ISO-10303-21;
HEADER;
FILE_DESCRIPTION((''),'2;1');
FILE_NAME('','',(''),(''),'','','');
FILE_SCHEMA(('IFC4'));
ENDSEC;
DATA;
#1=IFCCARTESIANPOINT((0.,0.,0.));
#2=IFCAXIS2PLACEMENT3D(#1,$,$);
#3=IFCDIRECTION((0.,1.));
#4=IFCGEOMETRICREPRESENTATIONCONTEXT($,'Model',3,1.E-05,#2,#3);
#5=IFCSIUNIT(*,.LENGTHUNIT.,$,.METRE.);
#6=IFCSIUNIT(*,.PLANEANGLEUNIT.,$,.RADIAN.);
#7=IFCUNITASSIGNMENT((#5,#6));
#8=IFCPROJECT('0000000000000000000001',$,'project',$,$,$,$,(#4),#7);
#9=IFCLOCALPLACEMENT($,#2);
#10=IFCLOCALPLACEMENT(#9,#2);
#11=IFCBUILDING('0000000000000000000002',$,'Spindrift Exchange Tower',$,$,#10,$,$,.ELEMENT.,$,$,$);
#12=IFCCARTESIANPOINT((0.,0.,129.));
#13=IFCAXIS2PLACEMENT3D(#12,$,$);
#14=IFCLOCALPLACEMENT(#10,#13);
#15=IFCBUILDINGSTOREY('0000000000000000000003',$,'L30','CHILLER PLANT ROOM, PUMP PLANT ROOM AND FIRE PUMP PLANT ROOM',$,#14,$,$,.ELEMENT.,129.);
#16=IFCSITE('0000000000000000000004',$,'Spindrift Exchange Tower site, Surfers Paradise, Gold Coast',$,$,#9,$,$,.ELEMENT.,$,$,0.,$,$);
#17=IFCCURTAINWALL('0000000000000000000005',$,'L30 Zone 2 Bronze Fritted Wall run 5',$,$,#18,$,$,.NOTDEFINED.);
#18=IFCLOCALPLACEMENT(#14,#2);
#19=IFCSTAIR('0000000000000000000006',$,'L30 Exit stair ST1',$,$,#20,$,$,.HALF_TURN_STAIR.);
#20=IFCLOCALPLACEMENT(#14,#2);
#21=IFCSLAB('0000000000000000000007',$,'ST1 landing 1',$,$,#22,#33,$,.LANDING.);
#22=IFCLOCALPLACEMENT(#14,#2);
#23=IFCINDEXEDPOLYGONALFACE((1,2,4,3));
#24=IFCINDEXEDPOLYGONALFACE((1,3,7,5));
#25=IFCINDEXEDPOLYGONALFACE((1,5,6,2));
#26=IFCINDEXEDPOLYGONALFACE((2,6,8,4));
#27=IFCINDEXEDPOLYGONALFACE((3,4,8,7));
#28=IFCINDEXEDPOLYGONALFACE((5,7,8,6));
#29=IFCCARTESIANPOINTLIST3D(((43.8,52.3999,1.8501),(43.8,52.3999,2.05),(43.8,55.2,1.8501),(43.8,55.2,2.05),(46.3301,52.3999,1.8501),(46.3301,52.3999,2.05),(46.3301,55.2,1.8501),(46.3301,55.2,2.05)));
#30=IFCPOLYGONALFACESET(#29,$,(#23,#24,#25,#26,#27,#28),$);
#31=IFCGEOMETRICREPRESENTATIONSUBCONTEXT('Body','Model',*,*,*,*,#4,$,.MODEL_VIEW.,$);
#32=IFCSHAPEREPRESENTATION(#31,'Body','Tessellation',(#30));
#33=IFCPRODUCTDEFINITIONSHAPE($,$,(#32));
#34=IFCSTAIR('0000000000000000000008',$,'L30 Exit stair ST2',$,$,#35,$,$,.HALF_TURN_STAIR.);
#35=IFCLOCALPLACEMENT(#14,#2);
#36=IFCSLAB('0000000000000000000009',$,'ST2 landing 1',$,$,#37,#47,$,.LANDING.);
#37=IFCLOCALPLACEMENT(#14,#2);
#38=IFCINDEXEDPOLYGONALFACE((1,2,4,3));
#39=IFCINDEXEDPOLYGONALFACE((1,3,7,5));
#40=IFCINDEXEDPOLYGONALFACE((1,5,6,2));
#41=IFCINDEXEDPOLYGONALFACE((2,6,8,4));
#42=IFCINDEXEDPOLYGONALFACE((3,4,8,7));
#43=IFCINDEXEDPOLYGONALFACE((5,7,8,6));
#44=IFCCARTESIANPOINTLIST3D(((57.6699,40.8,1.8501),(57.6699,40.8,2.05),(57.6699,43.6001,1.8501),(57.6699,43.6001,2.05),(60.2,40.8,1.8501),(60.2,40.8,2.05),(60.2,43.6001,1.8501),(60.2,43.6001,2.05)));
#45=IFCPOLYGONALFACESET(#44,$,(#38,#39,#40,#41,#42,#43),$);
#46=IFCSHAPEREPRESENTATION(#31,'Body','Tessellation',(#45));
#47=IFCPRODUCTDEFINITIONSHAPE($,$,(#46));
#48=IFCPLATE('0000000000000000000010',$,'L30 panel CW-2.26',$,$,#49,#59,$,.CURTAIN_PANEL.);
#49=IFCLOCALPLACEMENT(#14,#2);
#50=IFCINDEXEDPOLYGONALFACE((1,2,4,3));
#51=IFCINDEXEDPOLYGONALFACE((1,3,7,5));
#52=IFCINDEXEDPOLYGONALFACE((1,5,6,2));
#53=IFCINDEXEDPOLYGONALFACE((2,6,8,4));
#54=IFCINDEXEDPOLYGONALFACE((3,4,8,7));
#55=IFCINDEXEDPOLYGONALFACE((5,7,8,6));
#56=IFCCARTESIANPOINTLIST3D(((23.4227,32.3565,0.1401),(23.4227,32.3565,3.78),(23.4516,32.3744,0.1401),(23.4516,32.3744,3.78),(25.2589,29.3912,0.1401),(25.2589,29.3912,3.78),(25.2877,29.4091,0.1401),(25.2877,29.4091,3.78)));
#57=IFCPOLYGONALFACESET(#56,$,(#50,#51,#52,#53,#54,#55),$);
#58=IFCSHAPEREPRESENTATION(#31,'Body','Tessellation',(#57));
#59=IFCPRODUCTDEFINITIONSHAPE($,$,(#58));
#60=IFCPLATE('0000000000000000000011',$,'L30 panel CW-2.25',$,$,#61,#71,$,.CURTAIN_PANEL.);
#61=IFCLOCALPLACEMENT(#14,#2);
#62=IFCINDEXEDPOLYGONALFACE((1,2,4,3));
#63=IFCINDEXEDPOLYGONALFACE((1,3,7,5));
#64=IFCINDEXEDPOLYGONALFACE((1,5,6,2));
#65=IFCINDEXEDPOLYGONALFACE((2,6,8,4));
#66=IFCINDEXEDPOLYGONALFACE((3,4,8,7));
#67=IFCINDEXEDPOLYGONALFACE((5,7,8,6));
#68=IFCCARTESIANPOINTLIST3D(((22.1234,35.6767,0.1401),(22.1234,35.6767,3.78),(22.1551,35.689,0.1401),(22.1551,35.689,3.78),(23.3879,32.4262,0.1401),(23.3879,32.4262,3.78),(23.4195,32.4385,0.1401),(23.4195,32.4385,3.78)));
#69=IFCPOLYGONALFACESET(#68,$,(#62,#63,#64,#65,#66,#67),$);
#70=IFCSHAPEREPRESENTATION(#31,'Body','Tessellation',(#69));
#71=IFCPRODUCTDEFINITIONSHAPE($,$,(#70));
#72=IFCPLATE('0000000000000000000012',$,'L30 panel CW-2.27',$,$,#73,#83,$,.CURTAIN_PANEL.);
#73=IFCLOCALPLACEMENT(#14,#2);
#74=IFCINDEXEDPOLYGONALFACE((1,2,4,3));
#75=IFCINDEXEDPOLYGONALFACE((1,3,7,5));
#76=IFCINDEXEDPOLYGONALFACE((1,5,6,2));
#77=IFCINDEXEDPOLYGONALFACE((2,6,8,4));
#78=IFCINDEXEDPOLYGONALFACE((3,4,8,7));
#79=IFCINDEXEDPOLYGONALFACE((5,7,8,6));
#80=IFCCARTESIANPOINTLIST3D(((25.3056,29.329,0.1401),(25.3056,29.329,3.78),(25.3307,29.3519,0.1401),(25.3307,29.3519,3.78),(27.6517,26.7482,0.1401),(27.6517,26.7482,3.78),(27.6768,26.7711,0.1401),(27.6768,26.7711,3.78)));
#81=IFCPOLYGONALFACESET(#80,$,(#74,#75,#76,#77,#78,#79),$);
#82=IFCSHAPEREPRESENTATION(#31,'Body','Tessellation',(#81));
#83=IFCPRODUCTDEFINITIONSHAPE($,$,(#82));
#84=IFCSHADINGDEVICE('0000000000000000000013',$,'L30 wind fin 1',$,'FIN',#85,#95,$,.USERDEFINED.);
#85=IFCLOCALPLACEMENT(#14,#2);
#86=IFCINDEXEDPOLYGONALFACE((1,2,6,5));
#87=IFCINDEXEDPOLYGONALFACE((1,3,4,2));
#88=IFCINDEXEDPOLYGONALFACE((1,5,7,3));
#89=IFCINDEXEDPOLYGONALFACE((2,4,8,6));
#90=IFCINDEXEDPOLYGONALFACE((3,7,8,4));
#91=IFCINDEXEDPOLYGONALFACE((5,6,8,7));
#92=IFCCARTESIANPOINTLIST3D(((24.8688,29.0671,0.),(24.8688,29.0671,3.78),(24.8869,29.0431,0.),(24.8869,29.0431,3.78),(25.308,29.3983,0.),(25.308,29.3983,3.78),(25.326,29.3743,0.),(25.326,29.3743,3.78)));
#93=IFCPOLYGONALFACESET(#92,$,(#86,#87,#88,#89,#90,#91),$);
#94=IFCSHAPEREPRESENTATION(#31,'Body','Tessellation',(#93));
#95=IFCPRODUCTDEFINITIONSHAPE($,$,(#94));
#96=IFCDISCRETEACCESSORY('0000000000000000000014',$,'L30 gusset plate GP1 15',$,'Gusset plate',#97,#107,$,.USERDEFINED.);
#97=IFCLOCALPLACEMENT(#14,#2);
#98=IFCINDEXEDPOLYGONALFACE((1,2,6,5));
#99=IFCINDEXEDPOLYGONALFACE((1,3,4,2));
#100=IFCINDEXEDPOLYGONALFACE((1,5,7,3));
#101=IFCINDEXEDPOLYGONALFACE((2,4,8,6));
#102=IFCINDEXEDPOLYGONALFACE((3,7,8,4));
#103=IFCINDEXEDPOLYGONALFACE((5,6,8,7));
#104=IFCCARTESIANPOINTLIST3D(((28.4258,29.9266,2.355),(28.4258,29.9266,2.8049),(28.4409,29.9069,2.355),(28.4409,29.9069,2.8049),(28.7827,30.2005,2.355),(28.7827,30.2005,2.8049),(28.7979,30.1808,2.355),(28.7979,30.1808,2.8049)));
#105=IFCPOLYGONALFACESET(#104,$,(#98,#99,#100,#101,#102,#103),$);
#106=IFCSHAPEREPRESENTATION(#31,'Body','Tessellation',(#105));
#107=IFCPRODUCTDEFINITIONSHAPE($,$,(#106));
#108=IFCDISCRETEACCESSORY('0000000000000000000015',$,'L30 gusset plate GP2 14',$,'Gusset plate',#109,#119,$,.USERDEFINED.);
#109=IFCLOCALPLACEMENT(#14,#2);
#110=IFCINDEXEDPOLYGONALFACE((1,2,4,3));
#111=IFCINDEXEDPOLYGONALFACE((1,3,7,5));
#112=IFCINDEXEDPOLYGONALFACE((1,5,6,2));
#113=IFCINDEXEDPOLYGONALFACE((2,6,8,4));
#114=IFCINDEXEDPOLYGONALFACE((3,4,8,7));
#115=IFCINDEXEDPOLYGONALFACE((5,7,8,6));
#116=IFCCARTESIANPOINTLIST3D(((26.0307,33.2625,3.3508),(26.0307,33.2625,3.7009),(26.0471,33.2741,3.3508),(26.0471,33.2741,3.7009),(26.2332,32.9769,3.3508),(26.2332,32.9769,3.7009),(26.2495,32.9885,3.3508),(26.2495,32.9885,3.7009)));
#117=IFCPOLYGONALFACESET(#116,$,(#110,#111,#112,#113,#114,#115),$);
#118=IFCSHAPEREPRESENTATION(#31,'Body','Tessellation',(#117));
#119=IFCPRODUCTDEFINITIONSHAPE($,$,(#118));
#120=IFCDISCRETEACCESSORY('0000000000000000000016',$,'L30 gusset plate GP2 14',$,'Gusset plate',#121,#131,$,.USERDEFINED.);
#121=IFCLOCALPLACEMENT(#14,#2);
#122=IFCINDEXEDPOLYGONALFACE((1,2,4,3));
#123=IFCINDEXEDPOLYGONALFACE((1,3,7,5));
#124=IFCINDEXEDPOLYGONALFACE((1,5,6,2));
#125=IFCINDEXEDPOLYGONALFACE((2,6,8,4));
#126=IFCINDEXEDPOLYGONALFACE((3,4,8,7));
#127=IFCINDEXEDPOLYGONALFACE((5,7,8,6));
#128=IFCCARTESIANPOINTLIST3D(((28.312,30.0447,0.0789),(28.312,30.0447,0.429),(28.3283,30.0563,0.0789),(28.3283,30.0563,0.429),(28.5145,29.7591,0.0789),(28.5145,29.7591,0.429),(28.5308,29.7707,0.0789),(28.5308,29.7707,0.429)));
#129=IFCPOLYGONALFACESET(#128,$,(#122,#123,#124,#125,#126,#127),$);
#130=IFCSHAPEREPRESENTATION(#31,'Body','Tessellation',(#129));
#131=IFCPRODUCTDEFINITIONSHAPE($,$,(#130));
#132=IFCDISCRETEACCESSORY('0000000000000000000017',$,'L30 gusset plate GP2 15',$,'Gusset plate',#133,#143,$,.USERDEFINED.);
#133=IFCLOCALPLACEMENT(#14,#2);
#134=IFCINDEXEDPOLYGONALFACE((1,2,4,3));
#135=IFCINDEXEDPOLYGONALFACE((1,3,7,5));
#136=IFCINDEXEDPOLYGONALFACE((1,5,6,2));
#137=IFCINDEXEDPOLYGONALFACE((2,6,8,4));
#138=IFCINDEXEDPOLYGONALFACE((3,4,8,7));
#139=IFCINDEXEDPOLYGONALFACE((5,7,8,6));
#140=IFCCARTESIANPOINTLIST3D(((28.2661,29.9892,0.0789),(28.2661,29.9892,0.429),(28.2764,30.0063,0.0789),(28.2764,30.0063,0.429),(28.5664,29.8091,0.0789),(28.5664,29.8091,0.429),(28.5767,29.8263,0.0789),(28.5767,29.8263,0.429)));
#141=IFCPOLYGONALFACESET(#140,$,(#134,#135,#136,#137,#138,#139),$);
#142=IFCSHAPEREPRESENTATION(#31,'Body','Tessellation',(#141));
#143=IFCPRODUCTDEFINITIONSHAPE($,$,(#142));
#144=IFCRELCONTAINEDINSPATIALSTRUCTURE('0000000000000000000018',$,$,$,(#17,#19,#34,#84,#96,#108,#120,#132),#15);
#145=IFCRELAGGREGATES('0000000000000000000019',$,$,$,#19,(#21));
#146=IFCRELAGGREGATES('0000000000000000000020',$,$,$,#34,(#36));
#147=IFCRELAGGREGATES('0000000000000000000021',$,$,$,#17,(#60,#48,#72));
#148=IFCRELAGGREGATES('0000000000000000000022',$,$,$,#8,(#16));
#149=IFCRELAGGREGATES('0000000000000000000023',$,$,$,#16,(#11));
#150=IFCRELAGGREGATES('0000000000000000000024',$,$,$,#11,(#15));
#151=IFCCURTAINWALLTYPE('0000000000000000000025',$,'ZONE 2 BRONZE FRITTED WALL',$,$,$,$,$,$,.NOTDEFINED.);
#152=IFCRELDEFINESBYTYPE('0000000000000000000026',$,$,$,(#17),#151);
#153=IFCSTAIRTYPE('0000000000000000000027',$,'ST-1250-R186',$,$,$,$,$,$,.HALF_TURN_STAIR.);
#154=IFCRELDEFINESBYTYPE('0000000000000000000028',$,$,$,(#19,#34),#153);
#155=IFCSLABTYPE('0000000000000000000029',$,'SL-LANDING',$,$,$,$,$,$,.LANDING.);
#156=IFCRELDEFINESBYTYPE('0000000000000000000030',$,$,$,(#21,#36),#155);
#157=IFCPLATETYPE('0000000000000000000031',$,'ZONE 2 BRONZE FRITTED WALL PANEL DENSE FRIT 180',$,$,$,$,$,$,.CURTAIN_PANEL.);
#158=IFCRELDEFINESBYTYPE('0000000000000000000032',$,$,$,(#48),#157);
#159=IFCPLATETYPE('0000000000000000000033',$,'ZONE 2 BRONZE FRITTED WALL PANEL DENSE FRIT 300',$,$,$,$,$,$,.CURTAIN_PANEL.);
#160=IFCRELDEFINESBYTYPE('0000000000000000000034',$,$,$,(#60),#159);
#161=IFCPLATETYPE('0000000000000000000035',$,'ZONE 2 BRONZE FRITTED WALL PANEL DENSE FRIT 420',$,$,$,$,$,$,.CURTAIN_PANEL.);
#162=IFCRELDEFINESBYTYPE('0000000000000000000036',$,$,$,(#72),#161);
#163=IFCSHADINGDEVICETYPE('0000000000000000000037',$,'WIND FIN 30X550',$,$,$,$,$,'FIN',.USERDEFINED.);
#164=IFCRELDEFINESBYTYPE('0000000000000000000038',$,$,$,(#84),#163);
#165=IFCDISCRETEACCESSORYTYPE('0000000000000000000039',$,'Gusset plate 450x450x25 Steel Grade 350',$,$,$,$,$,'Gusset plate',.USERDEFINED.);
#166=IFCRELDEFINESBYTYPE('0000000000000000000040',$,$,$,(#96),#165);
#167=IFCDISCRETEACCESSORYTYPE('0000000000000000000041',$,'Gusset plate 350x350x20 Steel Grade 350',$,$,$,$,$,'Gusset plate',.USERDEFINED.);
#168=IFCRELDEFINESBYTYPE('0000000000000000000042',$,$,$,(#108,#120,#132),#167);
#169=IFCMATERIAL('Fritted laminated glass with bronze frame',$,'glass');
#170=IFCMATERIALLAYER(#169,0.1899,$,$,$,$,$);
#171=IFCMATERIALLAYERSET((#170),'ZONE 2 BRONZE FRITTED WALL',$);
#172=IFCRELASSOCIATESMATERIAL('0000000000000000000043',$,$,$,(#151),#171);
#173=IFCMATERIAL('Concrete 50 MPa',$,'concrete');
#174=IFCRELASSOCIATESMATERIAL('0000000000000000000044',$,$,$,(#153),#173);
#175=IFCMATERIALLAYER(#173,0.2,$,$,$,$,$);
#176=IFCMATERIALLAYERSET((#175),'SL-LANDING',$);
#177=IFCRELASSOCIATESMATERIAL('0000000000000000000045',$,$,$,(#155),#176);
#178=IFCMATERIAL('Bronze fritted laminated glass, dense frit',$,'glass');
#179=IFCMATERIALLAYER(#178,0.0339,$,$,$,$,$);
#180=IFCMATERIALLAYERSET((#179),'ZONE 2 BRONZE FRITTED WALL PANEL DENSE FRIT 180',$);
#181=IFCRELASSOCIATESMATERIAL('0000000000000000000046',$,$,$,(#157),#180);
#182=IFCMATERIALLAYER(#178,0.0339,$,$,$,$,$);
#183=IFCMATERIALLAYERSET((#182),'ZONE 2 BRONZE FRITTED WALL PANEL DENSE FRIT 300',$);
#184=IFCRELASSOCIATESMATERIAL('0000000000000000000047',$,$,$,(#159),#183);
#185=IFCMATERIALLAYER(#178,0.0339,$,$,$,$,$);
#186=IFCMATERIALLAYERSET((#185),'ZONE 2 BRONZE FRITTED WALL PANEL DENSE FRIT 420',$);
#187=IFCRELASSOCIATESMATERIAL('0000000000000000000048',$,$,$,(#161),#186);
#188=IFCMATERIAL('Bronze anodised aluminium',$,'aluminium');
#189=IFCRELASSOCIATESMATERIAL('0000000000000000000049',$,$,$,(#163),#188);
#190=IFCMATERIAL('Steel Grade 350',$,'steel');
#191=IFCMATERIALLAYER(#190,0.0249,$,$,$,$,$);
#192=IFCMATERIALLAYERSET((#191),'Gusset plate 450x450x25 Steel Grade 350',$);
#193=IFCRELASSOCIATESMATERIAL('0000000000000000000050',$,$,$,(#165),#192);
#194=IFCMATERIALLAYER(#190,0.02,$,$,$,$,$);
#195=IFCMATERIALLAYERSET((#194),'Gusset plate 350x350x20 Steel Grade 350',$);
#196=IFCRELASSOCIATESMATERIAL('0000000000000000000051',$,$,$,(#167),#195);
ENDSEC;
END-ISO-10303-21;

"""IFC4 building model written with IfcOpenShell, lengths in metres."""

from ifc_helpers import new_model, si_unit, direction, frame, origin, origin_2d, place, context, subcontext, project, spatial, line, indexed_curve, rectangle, outline, extrude, source, transform, mapped, material, layer, layer_set, material_profile, profile_set, type_object, element, aggregate, save


model = new_model("IFC4")

# Units and contexts
model_context = context("Model", 3, precision=1e-05, world=origin(), true_north=direction((0.0, 1.0)))
body_context = subcontext(model_context, "Body", "Model", "MODEL_VIEW")
ifc_project = project(units=[si_unit("LENGTHUNIT", "METRE"), si_unit("PLANEANGLEUNIT", "RADIAN")], contexts=[model_context])

# Site, building, storey
site_placement = place(None, origin())
site = spatial("IfcSite", under=ifc_project, at=site_placement, Name="Spindrift Exchange Tower site, Surfers Paradise, Gold Coast", CompositionType="ELEMENT", RefElevation=0.0)
building_placement = place(site_placement, origin())
building = spatial("IfcBuilding", under=site, at=building_placement, Name="Spindrift Exchange Tower", CompositionType="ELEMENT")
storey_placement = place(building_placement, frame((0.0, 0.0, 129.0)))
storey = spatial("IfcBuildingStorey", under=building, at=storey_placement, Name="L30", Description="CHILLER PLANT ROOM, PUMP PLANT ROOM AND FIRE PUMP PLANT ROOM", CompositionType="ELEMENT", Elevation=129.0)

# Shared definitions
ifc_material_1 = material(Name="Steel Grade 350", Category="steel")

# Curtain wall
ifc_material_2 = material(Name="Fritted laminated glass with bronze frame", Category="glass")
ifc_layer_1 = layer(ifc_material_2, 0.1899)
ifc_layer_set_1 = layer_set([ifc_layer_1], Name="ZONE 2 BRONZE FRITTED WALL")
curtain_wall_type = type_object("IfcCurtainWallType", Name="ZONE 2 BRONZE FRITTED WALL", PredefinedType="NOTDEFINED", material=ifc_layer_set_1)
curtain_wall_placement = place(storey_placement, origin())
curtain_wall = element("IfcCurtainWall", 1, at=curtain_wall_placement, inside=storey, type_object=curtain_wall_type, Name="L30 Zone 2 Bronze Fritted Wall run 5", PredefinedType="NOTDEFINED")
ifc_material_3 = material(Name="Bronze anodised aluminium", Category="aluminium")

# Shared definitions
ifc_material_4 = material(Name="Concrete 50 MPa", Category="concrete")

# Stairs, slabs
stair_type = type_object("IfcStairType", Name="ST-1250-R186", PredefinedType="HALF_TURN_STAIR", material=ifc_material_4)
stair_1_placement = place(storey_placement, origin())
stair_1 = element("IfcStair", 2, at=stair_1_placement, inside=storey, type_object=stair_type, Name="L30 Exit stair ST1", PredefinedType="HALF_TURN_STAIR")
ifc_layer_2 = layer(ifc_material_4, 0.2)
ifc_layer_set_2 = layer_set([ifc_layer_2], Name="SL-LANDING")
slab_type_1 = type_object("IfcSlabType", Name="SL-LANDING", PredefinedType="LANDING", material=ifc_layer_set_2)
slab_1_placement = place(storey_placement, frame((0.0, 0.0, 1.8501)))
slab_1 = element("IfcSlab", 3, at=slab_1_placement, type_object=slab_type_1, Name="ST1 landing 1", PredefinedType="LANDING", context=body_context, shape_type="SweptSolid", body=[
    extrude(outline(indexed_curve([(46.3301, 52.3999), (43.8, 52.3999), (43.8, 55.2), (46.3301, 55.2)], segments=[line(1, 2, 3, 4, 1)], self_intersect=False)), origin(), (0.0, 0.0, 1.0), 0.2),
])
aggregate(stair_1, [slab_1])
stair_2_placement = place(storey_placement, origin())
stair_2 = element("IfcStair", 4, at=stair_2_placement, inside=storey, type_object=stair_type, Name="L30 Exit stair ST2", PredefinedType="HALF_TURN_STAIR")
slab_2_placement = place(storey_placement, frame((0.0, 0.0, 1.8501)))
slab_2 = element("IfcSlab", 5, at=slab_2_placement, type_object=slab_type_1, Name="ST2 landing 1", PredefinedType="LANDING", context=body_context, shape_type="SweptSolid", body=[
    extrude(outline(indexed_curve([(57.6699, 43.6001), (60.2, 43.6001), (60.2, 40.8), (57.6699, 40.8)], segments=[line(1, 2, 3, 4, 1)], self_intersect=False)), origin(), (0.0, 0.0, 1.0), 0.2),
])
aggregate(stair_2, [slab_2])

# Plates
ifc_material_5 = material(Name="Bronze fritted laminated glass, dense frit", Category="glass")
ifc_layer_3 = layer(ifc_material_5, 0.0339)
ifc_layer_set_3 = layer_set([ifc_layer_3], Name="ZONE 2 BRONZE FRITTED WALL PANEL DENSE FRIT 180")
plate_type_1 = type_object("IfcPlateType", Name="ZONE 2 BRONZE FRITTED WALL PANEL DENSE FRIT 180", PredefinedType="CURTAIN_PANEL", material=ifc_layer_set_3)
shared_shape_1 = source(origin(), body_context, "Body", "SweptSolid", [
    extrude(rectangle(XDim=3.4878, YDim=0.0339, at=origin_2d()), origin(), (0.0, 0.0, 1.0), 3.6399),
])
plate_1_placement = place(storey_placement, frame((24.3552, 30.8828, 0.1401), z_axis=(0.0, 0.0, 1.0), x_axis=(0.526457, -0.850202, 0.0)))
plate_1 = element("IfcPlate", 6, at=plate_1_placement, type_object=plate_type_1, Name="L30 panel CW-2.26", PredefinedType="CURTAIN_PANEL", context=body_context, shape_type="MappedRepresentation", body=[
    mapped(shared_shape_1, transform((0.0, 0.0, 0.0), scale=1.0)),
])
ifc_layer_4 = layer(ifc_material_5, 0.0339)
ifc_layer_set_4 = layer_set([ifc_layer_4], Name="ZONE 2 BRONZE FRITTED WALL PANEL DENSE FRIT 300")
plate_type_2 = type_object("IfcPlateType", Name="ZONE 2 BRONZE FRITTED WALL PANEL DENSE FRIT 300", PredefinedType="CURTAIN_PANEL", material=ifc_layer_set_4)
shared_shape_2 = source(origin(), body_context, "Body", "SweptSolid", [
    extrude(rectangle(XDim=3.4878, YDim=0.0339, at=origin_2d()), origin(), (0.0, 0.0, 1.0), 3.6399),
])
plate_2_placement = place(storey_placement, frame((22.7715, 34.0576, 0.1401), z_axis=(0.0, 0.0, 1.0), x_axis=(0.362542, -0.931967, 0.0)))
plate_2 = element("IfcPlate", 7, at=plate_2_placement, type_object=plate_type_2, Name="L30 panel CW-2.25", PredefinedType="CURTAIN_PANEL", context=body_context, shape_type="MappedRepresentation", body=[
    mapped(shared_shape_2, transform((0.0, 0.0, 0.0), scale=1.0)),
])
ifc_layer_5 = layer(ifc_material_5, 0.0339)
ifc_layer_set_5 = layer_set([ifc_layer_5], Name="ZONE 2 BRONZE FRITTED WALL PANEL DENSE FRIT 420")
plate_type_3 = type_object("IfcPlateType", Name="ZONE 2 BRONZE FRITTED WALL PANEL DENSE FRIT 420", PredefinedType="CURTAIN_PANEL", material=ifc_layer_set_5)
shared_shape_3 = source(origin(), body_context, "Body", "SweptSolid", [
    extrude(rectangle(XDim=3.4878, YDim=0.0339, at=origin_2d()), origin(), (0.0, 0.0, 1.0), 3.6399),
])
plate_3_placement = place(storey_placement, frame((26.4912, 28.05, 0.1401), z_axis=(0.0, 0.0, 1.0), x_axis=(0.672654, -0.739958, 0.0)))
plate_3 = element("IfcPlate", 8, at=plate_3_placement, type_object=plate_type_3, Name="L30 panel CW-2.27", PredefinedType="CURTAIN_PANEL", context=body_context, shape_type="MappedRepresentation", body=[
    mapped(shared_shape_3, transform((0.0, 0.0, 0.0), scale=1.0)),
])
aggregate(curtain_wall, [plate_2, plate_1, plate_3])

# Shading device
ifc_material_profile_1 = material_profile(ifc_material_3, rectangle(XDim=0.03, YDim=0.55, at=origin_2d()), Name="WIND FIN 30X550")
ifc_profile_set_1 = profile_set([ifc_material_profile_1], Name="Bronze anodised aluminium")
shading_device_type = type_object("IfcShadingDeviceType", Name="WIND FIN 30X550", ElementType="FIN", PredefinedType="USERDEFINED", material=ifc_profile_set_1)
shared_shape_4 = source(origin(), body_context, "Body", "SweptSolid", [
    extrude(rectangle(XDim=0.03, YDim=0.55, at=origin_2d()), origin(), (0.0, 0.0, 1.0), 3.78),
])
shading_device_placement = place(storey_placement, frame((25.0974, 29.2207, 0.0), z_axis=(0.0, 0.0, 1.0), x_axis=(0.602084, -0.798433, 0.0)))
element("IfcShadingDevice", 9, at=shading_device_placement, inside=storey, type_object=shading_device_type, Name="L30 wind fin 1", ObjectType="FIN", PredefinedType="USERDEFINED", context=body_context, shape_type="MappedRepresentation", body=[
    mapped(shared_shape_4, transform((0.0, 0.0, 0.0), scale=1.0)),
])

# Discrete accessories
ifc_layer_6 = layer(ifc_material_1, 0.0249)
ifc_layer_set_6 = layer_set([ifc_layer_6], Name="Gusset plate 450x450x25 Steel Grade 350")
discrete_accessory_type_1 = type_object("IfcDiscreteAccessoryType", Name="Gusset plate 450x450x25 Steel Grade 350", ElementType="Gusset plate", PredefinedType="USERDEFINED", material=ifc_layer_set_6)
shared_shape_5 = source(origin(), body_context, "Body", "SweptSolid", [
    extrude(rectangle(XDim=0.45, YDim=0.0249, at=origin_2d()), origin(), (0.0, 0.0, 1.0), 0.45),
])
discrete_accessory_placement = place(storey_placement, frame((28.6118, 30.0537, 2.355), z_axis=(0.0, 0.0, 1.0), x_axis=(-0.79335, -0.608766, 0.0)))
element("IfcDiscreteAccessory", 10, at=discrete_accessory_placement, inside=storey, type_object=discrete_accessory_type_1, Name="L30 gusset plate GP1 15", ObjectType="Gusset plate", PredefinedType="USERDEFINED", context=body_context, shape_type="MappedRepresentation", body=[
    mapped(shared_shape_5, transform((0.0, 0.0, 0.0), scale=1.0)),
])
ifc_layer_7 = layer(ifc_material_1, 0.02)
ifc_layer_set_7 = layer_set([ifc_layer_7], Name="Gusset plate 350x350x20 Steel Grade 350")
discrete_accessory_type_2 = type_object("IfcDiscreteAccessoryType", Name="Gusset plate 350x350x20 Steel Grade 350", ElementType="Gusset plate", PredefinedType="USERDEFINED", material=ifc_layer_set_7)
shared_shape_6 = source(origin(), body_context, "Body", "SweptSolid", [
    extrude(rectangle(XDim=0.3501, YDim=0.02, at=origin_2d()), origin(), (0.0, 0.0, 1.0), 0.3501),
])
for number, where, z_axis, x_axis, name in (
    (11, (26.1401, 33.1255, 3.3508), (0.0, 0.0, 1.0), (0.578369, -0.815775, 0.0), "L30 gusset plate GP2 14"),
    (12, (28.4214, 29.9077, 0.0789), (0.0, 0.0, 1.0), (0.578365, -0.815778, 0.0), "L30 gusset plate GP2 14"),
    (13, (28.4214, 29.9077, 0.0789), (0.0, 0.0, 1.0), (0.857566, -0.514374, 0.0), "L30 gusset plate GP2 15"),
):
    element("IfcDiscreteAccessory", number, at=place(storey_placement, frame(where, z_axis=z_axis, x_axis=x_axis)), inside=storey, type_object=discrete_accessory_type_2, Name=name, ObjectType="Gusset plate", PredefinedType="USERDEFINED", context=body_context, shape_type="MappedRepresentation", body=[
        mapped(shared_shape_6, transform((0.0, 0.0, 0.0), scale=1.0)),
    ])

save(model, "model.ifc")
